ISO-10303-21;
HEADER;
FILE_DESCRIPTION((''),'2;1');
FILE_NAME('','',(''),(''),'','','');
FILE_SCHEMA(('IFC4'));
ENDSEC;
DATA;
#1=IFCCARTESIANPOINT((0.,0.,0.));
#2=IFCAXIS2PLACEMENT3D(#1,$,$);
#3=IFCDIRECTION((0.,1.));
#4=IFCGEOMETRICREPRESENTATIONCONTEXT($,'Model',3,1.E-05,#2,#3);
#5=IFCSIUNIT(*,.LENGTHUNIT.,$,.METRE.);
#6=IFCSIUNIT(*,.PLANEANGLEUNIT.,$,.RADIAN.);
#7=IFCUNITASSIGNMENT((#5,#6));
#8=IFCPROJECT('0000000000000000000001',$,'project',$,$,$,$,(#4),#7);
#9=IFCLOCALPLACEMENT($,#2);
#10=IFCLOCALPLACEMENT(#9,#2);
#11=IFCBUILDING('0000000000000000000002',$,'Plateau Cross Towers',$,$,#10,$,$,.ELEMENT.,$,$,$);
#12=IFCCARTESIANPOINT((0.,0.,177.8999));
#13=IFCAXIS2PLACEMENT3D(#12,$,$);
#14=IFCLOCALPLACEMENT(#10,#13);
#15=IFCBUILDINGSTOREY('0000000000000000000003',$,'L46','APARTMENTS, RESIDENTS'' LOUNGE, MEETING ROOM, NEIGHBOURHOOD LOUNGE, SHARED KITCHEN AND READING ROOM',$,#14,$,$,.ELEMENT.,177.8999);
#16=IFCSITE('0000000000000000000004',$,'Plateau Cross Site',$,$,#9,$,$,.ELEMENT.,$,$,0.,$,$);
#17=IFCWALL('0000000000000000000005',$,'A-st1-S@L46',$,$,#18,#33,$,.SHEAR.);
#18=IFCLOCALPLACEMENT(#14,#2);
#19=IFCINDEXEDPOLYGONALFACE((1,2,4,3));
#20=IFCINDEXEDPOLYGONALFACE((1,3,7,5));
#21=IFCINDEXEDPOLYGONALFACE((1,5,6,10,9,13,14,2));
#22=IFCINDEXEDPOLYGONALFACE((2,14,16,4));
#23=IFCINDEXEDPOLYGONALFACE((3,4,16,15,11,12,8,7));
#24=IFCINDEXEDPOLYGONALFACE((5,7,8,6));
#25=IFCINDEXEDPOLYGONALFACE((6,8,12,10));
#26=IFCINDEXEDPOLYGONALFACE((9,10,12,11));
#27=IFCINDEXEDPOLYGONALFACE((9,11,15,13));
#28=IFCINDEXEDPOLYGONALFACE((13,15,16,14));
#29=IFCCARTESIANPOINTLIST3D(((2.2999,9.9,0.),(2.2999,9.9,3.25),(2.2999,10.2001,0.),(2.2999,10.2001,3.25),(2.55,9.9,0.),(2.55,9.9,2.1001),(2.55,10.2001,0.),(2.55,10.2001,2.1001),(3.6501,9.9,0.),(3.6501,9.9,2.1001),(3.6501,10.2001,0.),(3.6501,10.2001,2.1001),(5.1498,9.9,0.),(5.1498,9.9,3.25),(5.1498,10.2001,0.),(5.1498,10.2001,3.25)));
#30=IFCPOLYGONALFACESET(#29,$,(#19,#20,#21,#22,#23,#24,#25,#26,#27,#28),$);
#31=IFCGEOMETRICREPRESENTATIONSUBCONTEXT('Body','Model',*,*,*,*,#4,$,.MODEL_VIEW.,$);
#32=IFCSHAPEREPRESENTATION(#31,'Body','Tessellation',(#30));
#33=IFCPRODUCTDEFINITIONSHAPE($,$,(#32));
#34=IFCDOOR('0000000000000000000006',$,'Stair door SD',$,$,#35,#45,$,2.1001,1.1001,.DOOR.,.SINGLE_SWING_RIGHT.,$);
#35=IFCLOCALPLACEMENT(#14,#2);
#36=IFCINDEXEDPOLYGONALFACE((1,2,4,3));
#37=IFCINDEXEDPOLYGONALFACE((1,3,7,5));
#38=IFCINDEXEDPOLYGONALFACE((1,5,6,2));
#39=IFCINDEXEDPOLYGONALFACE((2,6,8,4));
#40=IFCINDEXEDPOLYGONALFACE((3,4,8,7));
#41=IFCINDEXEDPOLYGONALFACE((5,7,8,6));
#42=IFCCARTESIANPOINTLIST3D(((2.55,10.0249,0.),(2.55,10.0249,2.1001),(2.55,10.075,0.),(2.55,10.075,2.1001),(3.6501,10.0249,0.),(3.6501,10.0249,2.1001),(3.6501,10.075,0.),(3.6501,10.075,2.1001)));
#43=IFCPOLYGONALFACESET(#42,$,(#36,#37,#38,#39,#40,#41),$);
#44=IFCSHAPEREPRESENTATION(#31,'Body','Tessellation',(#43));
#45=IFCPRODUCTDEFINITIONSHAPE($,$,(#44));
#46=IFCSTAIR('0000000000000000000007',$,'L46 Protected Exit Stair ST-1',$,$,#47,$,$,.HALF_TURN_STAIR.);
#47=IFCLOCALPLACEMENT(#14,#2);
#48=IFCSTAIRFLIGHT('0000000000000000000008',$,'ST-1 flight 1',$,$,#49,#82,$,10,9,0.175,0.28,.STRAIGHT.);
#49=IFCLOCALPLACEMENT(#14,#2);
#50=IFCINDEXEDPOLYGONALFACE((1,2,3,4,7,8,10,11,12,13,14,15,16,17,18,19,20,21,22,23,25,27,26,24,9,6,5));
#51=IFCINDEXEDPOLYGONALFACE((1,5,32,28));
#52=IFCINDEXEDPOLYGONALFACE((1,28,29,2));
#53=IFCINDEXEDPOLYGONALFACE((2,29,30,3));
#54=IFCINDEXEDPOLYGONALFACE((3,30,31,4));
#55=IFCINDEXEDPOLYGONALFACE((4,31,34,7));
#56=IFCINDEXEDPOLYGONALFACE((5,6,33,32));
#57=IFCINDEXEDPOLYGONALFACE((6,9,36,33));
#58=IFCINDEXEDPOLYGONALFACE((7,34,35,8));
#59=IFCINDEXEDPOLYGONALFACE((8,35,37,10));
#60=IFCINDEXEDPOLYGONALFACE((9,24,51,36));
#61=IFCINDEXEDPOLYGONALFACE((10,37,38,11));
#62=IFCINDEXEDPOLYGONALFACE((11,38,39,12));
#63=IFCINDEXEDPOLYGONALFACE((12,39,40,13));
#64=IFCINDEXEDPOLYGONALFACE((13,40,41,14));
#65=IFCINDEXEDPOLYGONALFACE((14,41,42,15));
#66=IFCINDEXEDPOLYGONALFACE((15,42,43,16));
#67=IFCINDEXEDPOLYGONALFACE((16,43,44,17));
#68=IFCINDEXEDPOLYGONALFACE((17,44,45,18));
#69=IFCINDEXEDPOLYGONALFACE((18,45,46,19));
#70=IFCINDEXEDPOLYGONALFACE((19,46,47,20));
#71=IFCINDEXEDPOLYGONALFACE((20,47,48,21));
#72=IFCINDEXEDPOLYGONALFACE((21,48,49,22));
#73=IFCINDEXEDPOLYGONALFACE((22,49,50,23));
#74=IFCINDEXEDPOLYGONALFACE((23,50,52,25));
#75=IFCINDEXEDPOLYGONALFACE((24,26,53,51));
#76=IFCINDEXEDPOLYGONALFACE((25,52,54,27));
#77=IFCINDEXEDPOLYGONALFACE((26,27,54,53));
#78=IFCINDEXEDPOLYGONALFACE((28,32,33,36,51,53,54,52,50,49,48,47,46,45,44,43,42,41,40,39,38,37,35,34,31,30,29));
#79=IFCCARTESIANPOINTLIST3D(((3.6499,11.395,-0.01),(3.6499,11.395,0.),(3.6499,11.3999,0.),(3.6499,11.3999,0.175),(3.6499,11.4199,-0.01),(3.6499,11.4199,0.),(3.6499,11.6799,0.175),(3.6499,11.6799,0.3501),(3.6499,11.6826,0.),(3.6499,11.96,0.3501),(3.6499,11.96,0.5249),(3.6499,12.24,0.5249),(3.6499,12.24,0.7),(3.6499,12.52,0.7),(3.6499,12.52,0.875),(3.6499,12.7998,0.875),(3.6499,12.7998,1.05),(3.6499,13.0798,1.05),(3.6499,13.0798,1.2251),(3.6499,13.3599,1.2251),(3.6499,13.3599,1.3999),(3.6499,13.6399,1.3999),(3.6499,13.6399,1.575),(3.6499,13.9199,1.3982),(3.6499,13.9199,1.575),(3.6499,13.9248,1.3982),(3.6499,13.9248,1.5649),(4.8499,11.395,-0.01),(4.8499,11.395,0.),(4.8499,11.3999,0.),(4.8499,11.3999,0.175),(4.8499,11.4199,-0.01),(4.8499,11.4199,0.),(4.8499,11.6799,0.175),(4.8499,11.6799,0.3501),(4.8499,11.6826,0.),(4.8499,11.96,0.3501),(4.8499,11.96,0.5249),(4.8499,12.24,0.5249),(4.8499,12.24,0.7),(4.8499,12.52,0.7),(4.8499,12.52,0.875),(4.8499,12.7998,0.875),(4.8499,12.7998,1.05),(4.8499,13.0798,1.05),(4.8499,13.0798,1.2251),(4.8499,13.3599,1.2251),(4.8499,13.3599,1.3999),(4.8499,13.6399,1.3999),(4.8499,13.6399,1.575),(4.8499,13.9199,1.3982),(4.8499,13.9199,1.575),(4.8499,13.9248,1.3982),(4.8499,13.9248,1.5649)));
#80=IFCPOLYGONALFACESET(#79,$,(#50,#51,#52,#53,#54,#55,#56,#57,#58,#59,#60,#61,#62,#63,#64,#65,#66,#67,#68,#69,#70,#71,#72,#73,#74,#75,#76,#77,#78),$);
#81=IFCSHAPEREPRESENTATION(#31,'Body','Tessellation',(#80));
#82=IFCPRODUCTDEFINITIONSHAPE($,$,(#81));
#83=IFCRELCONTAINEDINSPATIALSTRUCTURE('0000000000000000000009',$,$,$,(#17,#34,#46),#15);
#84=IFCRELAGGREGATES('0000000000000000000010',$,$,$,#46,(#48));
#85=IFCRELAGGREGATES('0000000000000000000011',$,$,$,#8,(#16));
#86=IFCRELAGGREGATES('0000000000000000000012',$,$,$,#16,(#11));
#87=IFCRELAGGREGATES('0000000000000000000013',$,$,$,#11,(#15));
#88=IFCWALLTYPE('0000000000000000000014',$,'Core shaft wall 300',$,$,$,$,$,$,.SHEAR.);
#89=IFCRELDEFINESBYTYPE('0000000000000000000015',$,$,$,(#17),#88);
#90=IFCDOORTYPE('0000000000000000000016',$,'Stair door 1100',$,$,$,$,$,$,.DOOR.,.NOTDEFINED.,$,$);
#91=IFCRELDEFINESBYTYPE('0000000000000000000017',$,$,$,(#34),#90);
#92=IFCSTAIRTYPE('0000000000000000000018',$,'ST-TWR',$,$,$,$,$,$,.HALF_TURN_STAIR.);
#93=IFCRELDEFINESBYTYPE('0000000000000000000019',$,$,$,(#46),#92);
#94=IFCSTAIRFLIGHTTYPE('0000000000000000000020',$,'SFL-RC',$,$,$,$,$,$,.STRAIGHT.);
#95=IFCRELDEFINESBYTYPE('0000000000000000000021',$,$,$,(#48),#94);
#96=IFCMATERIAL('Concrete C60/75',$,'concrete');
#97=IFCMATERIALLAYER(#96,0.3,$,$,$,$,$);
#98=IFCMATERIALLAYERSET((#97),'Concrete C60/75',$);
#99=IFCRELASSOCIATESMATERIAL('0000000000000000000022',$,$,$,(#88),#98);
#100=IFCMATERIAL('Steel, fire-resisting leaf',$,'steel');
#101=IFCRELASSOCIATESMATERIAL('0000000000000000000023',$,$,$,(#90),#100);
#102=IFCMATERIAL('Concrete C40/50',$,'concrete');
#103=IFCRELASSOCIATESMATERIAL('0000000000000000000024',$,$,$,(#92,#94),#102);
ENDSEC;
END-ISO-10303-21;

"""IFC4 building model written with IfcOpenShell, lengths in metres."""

from ifc_helpers import new_model, si_unit, direction, frame, frame_2d, origin, place, context, subcontext, project, spatial, polyline, rectangle, outline, extrude, material, layer, layer_set, type_object, element, fill, aggregate, save


model = new_model("IFC4")

# Units and contexts
model_context = context("Model", 3, precision=1e-05, world=origin(), true_north=direction((0.0, 1.0)))
body_context = subcontext(model_context, "Body", "Model", "MODEL_VIEW")
ifc_project = project(units=[si_unit("LENGTHUNIT", "METRE"), si_unit("PLANEANGLEUNIT", "RADIAN")], contexts=[model_context])

# Site, building, storey
site_placement = place(None, origin())
site = spatial("IfcSite", under=ifc_project, at=site_placement, Name="Plateau Cross Site", CompositionType="ELEMENT", RefElevation=0.0)
building_placement = place(site_placement, origin())
building = spatial("IfcBuilding", under=site, at=building_placement, Name="Plateau Cross Towers", CompositionType="ELEMENT")
storey_placement = place(building_placement, frame((0.0, 0.0, 177.8999)))
storey = spatial("IfcBuildingStorey", under=building, at=storey_placement, Name="L46", Description="APARTMENTS, RESIDENTS' LOUNGE, MEETING ROOM, NEIGHBOURHOOD LOUNGE, SHARED KITCHEN AND READING ROOM", CompositionType="ELEMENT", Elevation=177.8999)

# Shared definitions
ifc_material_1 = material(Name="Concrete C60/75", Category="concrete")
ifc_layer_1 = layer(ifc_material_1, 0.3)
ifc_layer_set_1 = layer_set([ifc_layer_1], Name="Concrete C60/75")
wall_type = type_object("IfcWallType", Name="Core shaft wall 300", PredefinedType="SHEAR", material=ifc_layer_set_1)
ifc_material_2 = material(Name="Steel, fire-resisting leaf", Category="steel")
door_type_1 = type_object("IfcDoorType", Name="Stair door 1100", OperationType="NOTDEFINED", PredefinedType="DOOR", material=ifc_material_2)

# Wall, opening, door
wall_1_placement = place(storey_placement, frame((2.3, 10.05, 0.0), z_axis=(0.0, 0.0, 1.0), x_axis=(1.0, 0.0, 0.0)))
wall_1 = element("IfcWall", 1, at=wall_1_placement, inside=storey, type_object=wall_type, Name="A-st1-S@L46", PredefinedType="SHEAR", context=body_context, shape_type="SweptSolid", body=[
    extrude(rectangle(XDim=2.8499, YDim=0.3, at=frame_2d((1.4248, 0.0))), origin(), (0.0, 0.0, 1.0), 3.25),
])
opening_1_placement = place(wall_1_placement, frame((0.25, 0.0, 0.0)))
opening_1 = element("IfcOpeningElement", 2, at=opening_1_placement, cuts=wall_1, PredefinedType="OPENING", context=body_context, shape_type="SweptSolid", body=[
    extrude(rectangle(XDim=1.1001, YDim=2.1001, at=frame_2d((0.55, 1.05))), frame((0.0, 0.1599, 0.0), z_axis=(0.0, -1.0, 0.0), x_axis=(1.0, 0.0, 0.0)), (0.0, 0.0, 1.0), 0.3201),
])
door_1_placement = place(opening_1_placement, origin())
door_1 = element("IfcDoor", 3, at=door_1_placement, inside=storey, type_object=door_type_1, Name="Stair door SD", OperationType="SINGLE_SWING_RIGHT", OverallHeight=2.1001, OverallWidth=1.1001, PredefinedType="DOOR", context=body_context, shape_type="SweptSolid", body=[
    extrude(rectangle(XDim=1.1001, YDim=2.1001, at=frame_2d((0.55, 1.05))), frame((0.0, 0.0249, 0.0), z_axis=(0.0, -1.0, 0.0), x_axis=(1.0, 0.0, 0.0)), (0.0, 0.0, 1.0), 0.05),
])
fill(opening_1, door_1)

# Stair, stair flight
ifc_material_3 = material(Name="Concrete C40/50", Category="concrete")
stair_type = type_object("IfcStairType", Name="ST-TWR", PredefinedType="HALF_TURN_STAIR", material=ifc_material_3)
stair_placement = place(storey_placement, origin())
stair = element("IfcStair", 4, at=stair_placement, inside=storey, type_object=stair_type, Name="L46 Protected Exit Stair ST-1", PredefinedType="HALF_TURN_STAIR")
stair_flight_type = type_object("IfcStairFlightType", Name="SFL-RC", PredefinedType="STRAIGHT", material=ifc_material_3)
stair_flight_placement = place(storey_placement, frame((4.25, 11.3999, 0.0), z_axis=(0.0, 0.0, 1.0), x_axis=(0.0, 1.0, 0.0)))
stair_flight = element("IfcStairFlight", 5, at=stair_flight_placement, type_object=stair_flight_type, Name="ST-1 flight 1", NumberOfRisers=10, NumberOfTreads=9, PredefinedType="STRAIGHT", RiserHeight=0.175, TreadLength=0.28, context=body_context, shape_type="SweptSolid", body=[
    extrude(outline(polyline([(-0.0049, -0.01), (-0.0049, 0.0), (0.0, 0.0), (0.0, 0.175), (0.28, 0.175), (0.28, 0.3501), (0.5601, 0.3501), (0.5601, 0.5249), (0.8401, 0.5249), (0.8401, 0.7), (1.1201, 0.7), (1.1201, 0.875), (1.3999, 0.875), (1.3999, 1.05), (1.6799, 1.05), (1.6799, 1.2251), (1.96, 1.2251), (1.96, 1.3999), (2.24, 1.3999), (2.24, 1.575), (2.52, 1.575), (2.5249, 1.5649), (2.5249, 1.3982), (2.52, 1.3982), (0.2827, 0.0), (0.02, 0.0), (0.02, -0.01), (-0.0049, -0.01)])), frame((0.0, 0.6001, 0.0), z_axis=(0.0, -1.0, 0.0), x_axis=(1.0, 0.0, 0.0)), (0.0, 0.0, 1.0), 1.2),
])
aggregate(stair, [stair_flight])

save(model, "model.ifc")
